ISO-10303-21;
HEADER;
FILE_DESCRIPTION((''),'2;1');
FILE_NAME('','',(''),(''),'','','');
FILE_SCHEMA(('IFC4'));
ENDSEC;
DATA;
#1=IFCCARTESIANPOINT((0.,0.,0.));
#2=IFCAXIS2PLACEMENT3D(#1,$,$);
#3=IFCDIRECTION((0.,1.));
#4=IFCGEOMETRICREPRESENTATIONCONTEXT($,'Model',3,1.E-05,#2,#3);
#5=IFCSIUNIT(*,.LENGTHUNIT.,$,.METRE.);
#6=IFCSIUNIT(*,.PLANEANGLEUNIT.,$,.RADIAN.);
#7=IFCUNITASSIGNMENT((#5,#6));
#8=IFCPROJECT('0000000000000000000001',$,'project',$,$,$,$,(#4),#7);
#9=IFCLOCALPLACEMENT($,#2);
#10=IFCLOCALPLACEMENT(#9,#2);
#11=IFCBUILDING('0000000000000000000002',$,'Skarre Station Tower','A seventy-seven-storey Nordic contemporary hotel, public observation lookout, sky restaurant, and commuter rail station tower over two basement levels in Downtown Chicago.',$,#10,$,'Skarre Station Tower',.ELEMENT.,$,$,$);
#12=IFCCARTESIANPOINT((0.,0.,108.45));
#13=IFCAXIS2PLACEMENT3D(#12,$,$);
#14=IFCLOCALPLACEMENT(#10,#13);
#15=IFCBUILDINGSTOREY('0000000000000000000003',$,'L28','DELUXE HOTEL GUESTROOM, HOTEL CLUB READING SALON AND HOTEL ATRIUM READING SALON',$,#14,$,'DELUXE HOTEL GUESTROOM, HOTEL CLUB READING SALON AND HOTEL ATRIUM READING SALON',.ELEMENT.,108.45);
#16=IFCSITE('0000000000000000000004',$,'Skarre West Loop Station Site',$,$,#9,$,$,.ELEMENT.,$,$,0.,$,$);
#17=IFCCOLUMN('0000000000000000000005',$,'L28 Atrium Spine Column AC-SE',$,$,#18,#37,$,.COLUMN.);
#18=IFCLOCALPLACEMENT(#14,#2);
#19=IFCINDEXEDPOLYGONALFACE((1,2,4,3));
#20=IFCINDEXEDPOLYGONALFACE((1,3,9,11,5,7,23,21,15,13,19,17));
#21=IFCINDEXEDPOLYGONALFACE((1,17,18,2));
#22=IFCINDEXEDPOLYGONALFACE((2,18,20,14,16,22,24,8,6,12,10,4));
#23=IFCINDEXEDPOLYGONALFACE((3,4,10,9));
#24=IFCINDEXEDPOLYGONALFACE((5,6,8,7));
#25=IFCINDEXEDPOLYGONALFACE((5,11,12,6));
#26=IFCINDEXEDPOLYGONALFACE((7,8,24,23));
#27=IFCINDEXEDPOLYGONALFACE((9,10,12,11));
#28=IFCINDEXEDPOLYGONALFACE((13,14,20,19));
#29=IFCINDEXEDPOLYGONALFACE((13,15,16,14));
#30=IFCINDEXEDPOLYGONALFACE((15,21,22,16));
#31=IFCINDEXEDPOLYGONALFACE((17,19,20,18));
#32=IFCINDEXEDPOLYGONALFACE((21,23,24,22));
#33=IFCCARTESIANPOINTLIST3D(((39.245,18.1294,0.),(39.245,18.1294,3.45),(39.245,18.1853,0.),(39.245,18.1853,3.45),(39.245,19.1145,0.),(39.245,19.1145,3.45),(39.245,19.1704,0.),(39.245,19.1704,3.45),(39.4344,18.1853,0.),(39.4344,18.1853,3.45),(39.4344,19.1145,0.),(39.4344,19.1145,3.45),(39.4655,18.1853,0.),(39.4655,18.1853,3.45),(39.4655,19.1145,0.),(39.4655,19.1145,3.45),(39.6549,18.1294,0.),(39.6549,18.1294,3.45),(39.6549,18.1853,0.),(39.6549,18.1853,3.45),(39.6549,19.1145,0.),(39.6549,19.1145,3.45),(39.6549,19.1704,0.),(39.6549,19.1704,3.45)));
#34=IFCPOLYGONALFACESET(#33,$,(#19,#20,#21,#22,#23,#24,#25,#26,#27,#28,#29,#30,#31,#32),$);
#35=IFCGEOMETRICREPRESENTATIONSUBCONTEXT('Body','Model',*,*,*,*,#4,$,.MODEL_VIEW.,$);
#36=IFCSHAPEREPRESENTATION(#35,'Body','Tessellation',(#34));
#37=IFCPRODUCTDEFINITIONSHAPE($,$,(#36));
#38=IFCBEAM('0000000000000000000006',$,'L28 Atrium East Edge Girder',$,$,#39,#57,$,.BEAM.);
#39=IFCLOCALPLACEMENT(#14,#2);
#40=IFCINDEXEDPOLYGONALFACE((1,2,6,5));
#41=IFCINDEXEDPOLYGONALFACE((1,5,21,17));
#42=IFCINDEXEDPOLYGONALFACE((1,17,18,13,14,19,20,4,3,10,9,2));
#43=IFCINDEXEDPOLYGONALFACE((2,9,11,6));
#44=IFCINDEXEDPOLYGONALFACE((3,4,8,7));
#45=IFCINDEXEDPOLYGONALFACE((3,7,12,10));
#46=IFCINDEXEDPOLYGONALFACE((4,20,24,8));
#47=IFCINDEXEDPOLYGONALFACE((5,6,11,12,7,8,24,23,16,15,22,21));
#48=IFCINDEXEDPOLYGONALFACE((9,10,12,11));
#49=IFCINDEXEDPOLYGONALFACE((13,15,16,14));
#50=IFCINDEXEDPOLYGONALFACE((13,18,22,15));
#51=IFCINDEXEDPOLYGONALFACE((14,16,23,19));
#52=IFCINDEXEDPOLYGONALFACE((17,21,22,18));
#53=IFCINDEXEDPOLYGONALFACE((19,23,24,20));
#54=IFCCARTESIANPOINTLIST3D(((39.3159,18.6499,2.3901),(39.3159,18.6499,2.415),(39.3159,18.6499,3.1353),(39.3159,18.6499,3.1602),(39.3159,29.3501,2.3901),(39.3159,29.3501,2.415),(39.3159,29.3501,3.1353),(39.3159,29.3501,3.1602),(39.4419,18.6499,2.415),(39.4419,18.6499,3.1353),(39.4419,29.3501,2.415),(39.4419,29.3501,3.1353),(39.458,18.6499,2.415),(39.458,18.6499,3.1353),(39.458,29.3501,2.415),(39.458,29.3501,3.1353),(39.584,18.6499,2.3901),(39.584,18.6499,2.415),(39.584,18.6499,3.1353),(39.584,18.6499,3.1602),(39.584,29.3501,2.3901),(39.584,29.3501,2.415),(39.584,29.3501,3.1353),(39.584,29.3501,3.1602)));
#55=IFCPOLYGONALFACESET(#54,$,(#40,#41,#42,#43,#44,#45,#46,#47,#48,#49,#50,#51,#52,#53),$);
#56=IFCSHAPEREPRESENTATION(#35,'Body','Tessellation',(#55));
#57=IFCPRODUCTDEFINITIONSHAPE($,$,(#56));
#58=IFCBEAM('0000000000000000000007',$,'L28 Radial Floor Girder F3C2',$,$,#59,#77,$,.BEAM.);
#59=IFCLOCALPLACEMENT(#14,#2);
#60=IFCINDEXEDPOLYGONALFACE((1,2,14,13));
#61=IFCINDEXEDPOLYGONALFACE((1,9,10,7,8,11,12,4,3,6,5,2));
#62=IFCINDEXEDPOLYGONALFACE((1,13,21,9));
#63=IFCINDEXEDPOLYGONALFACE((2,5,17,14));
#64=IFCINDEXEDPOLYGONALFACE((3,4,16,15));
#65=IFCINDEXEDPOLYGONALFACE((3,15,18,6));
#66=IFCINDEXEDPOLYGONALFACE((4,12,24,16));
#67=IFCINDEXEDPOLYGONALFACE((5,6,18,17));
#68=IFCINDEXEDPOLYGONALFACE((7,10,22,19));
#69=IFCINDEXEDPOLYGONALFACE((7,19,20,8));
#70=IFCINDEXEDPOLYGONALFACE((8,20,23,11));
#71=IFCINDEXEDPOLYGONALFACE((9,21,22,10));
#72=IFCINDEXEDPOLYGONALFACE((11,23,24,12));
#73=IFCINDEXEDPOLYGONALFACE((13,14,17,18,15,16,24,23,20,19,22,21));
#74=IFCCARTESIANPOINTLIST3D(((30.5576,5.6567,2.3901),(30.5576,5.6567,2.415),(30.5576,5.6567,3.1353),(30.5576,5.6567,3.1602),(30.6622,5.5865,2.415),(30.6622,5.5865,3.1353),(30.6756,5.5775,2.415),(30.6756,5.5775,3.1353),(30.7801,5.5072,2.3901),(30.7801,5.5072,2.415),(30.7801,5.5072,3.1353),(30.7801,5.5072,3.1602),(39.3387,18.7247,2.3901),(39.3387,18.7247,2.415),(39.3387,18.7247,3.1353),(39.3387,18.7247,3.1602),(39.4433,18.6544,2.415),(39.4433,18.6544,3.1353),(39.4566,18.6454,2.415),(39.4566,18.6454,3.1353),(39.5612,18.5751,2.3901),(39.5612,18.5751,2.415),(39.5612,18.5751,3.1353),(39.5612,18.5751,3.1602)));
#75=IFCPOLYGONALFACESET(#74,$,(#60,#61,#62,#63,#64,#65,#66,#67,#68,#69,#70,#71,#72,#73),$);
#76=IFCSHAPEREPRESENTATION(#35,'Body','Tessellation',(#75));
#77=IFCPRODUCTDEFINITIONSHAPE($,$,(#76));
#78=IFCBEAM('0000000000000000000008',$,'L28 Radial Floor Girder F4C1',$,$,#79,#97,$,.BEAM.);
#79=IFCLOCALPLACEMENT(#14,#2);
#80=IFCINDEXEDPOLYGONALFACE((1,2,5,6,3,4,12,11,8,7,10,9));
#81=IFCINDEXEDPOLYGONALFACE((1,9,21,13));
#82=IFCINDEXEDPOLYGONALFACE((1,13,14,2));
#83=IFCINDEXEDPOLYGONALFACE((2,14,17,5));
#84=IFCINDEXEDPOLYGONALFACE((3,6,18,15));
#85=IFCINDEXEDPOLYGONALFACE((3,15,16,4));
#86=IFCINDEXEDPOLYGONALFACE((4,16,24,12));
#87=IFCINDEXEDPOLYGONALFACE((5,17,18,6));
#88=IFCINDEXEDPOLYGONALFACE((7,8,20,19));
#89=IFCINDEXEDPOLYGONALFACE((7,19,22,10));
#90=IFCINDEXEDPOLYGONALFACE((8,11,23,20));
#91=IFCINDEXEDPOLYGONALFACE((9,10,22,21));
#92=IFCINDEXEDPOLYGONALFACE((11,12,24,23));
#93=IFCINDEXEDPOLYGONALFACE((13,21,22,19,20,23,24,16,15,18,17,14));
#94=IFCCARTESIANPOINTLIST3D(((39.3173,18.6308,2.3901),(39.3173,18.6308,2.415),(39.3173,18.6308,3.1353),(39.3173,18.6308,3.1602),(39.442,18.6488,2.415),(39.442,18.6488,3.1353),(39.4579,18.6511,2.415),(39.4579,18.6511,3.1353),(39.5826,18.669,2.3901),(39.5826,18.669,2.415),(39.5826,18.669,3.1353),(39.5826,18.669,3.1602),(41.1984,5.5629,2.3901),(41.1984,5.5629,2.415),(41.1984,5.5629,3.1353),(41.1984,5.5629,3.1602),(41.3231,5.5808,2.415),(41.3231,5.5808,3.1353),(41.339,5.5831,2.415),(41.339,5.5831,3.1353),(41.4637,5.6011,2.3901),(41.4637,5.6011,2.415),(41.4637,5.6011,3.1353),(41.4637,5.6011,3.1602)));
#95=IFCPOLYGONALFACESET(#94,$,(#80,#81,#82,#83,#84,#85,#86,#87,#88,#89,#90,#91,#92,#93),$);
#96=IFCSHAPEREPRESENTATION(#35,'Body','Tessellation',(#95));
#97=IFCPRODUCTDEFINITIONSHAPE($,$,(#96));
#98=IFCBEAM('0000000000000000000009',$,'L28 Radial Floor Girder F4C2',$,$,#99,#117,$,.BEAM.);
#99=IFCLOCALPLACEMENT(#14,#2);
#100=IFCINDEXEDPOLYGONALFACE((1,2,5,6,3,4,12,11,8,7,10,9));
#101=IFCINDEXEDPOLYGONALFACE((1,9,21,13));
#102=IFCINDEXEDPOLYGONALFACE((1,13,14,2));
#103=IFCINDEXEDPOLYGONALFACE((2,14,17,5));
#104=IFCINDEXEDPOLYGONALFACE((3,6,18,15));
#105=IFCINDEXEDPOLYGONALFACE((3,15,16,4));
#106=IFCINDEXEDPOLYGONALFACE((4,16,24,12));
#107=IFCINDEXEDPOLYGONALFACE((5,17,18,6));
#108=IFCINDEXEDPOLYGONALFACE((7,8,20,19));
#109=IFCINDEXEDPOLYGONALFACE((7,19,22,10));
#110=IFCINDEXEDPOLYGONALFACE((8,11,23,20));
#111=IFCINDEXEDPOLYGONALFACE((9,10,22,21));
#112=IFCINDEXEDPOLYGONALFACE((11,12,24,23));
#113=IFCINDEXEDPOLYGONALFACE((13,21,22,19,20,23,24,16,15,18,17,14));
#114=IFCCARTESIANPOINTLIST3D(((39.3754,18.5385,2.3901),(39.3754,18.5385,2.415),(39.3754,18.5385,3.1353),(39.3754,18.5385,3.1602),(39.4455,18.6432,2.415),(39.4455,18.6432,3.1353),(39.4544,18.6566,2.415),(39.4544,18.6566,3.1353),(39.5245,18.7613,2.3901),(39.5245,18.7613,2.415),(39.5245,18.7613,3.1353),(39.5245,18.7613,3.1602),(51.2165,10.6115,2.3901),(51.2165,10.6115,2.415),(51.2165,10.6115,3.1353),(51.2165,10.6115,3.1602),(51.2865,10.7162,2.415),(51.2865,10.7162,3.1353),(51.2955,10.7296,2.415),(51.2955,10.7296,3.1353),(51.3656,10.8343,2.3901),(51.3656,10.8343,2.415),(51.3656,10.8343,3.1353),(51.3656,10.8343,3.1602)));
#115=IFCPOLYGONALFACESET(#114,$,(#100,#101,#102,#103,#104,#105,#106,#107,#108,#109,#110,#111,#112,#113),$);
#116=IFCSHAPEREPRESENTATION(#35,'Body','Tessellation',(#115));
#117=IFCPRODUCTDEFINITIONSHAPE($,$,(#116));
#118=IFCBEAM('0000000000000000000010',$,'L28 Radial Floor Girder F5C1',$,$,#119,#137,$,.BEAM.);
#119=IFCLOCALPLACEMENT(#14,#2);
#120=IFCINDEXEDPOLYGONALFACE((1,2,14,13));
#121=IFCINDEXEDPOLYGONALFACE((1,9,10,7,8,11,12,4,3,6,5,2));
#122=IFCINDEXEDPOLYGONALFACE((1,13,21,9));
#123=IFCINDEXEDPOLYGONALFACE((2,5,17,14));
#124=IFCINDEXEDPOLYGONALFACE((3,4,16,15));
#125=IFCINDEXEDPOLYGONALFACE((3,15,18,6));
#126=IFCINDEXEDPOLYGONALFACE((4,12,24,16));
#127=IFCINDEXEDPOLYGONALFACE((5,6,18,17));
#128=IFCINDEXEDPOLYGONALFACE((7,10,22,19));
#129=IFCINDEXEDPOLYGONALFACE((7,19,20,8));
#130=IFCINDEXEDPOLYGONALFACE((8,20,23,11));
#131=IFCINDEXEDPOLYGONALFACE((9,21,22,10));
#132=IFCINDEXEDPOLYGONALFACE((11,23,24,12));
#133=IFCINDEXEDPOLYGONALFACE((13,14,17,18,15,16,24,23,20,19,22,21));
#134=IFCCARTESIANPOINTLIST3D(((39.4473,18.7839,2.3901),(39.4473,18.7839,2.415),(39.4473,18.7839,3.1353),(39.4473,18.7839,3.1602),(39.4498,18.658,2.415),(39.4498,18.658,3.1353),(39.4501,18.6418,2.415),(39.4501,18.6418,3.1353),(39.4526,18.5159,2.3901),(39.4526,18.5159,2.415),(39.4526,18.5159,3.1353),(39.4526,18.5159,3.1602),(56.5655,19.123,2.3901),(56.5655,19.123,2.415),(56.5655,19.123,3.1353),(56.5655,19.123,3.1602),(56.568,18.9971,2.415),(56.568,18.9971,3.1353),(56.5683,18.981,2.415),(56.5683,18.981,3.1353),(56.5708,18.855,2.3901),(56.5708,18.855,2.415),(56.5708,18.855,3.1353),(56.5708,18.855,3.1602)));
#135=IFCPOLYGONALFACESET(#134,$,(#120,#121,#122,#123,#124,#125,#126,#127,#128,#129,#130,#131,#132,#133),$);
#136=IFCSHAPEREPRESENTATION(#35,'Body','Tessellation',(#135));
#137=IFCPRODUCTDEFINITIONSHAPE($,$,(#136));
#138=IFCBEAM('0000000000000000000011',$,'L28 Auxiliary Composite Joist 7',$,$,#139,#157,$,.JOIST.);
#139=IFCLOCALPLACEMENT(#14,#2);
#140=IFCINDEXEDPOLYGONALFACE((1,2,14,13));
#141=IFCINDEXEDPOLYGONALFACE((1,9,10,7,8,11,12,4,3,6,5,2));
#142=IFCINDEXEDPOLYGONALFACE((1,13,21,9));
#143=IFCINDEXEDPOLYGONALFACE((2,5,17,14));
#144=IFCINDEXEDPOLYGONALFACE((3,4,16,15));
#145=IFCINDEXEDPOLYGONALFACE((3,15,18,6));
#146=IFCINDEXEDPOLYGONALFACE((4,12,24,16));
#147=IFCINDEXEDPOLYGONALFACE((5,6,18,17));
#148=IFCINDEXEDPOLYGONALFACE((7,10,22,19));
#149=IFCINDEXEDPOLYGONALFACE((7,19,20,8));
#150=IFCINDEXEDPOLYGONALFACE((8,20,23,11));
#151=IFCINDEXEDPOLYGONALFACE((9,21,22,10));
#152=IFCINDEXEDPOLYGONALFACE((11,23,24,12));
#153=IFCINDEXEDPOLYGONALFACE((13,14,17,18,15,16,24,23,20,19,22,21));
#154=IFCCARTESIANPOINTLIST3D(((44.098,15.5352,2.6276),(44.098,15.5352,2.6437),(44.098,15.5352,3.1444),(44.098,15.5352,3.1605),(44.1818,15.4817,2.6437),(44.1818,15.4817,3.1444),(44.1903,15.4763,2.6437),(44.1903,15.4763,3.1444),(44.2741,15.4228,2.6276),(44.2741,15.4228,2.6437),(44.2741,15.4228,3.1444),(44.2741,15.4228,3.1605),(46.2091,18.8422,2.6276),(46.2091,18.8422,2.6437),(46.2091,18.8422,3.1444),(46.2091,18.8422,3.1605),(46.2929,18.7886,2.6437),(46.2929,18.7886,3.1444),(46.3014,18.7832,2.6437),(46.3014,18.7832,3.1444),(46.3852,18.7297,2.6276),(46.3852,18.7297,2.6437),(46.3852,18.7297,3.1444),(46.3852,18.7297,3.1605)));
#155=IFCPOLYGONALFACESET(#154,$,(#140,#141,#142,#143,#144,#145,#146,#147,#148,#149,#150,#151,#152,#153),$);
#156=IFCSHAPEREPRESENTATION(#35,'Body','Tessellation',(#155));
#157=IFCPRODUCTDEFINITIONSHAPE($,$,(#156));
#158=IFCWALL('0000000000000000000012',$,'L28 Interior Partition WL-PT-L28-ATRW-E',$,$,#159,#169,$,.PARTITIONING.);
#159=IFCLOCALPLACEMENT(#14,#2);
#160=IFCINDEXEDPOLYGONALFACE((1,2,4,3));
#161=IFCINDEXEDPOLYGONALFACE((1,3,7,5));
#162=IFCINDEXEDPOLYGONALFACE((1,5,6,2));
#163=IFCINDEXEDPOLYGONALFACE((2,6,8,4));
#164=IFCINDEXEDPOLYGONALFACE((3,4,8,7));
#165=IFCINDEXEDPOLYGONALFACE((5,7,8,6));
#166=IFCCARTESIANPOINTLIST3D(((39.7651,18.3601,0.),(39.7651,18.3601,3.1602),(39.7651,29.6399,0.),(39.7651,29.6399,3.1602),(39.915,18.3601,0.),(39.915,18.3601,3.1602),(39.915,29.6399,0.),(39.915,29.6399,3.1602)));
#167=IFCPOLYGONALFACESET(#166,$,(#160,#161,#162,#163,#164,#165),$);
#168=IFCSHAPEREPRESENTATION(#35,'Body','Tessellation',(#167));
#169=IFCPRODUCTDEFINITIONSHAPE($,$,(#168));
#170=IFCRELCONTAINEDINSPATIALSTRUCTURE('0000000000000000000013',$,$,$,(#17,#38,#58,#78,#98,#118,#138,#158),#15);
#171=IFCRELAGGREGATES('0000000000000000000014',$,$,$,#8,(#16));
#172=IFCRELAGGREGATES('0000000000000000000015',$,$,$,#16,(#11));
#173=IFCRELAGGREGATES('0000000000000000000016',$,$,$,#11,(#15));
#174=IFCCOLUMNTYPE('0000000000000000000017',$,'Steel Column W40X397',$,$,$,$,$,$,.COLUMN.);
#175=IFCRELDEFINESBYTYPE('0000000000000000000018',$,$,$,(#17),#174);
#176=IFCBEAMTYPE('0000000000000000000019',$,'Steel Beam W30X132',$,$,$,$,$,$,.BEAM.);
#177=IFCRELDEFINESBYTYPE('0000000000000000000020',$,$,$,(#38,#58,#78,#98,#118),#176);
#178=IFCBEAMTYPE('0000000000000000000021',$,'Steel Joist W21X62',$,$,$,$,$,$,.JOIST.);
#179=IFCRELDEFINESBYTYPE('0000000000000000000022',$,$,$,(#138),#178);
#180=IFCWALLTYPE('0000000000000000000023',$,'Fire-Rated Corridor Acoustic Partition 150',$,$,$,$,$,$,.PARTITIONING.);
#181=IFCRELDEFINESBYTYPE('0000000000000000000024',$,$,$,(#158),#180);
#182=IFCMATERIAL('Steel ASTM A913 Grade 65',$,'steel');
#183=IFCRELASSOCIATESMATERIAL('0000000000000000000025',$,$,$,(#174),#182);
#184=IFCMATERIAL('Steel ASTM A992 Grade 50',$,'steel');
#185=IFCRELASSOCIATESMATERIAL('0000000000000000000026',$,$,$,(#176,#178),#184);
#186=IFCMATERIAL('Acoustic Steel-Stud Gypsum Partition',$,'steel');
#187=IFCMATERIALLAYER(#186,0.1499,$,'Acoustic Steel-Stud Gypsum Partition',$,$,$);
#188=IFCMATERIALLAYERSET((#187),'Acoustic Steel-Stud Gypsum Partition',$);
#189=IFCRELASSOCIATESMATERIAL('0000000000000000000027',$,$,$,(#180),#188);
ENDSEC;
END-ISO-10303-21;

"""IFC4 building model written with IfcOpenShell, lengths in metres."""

from ifc_helpers import new_model, si_unit, direction, frame, frame_2d, origin, origin_2d, place, context, subcontext, project, spatial, rectangle, i_section, extrude, material, layer, layer_set, material_profile, profile_set, type_object, element, save


model = new_model("IFC4")

# Units and contexts
model_context = context("Model", 3, precision=1e-05, world=origin(), true_north=direction((0.0, 1.0)))
body_context = subcontext(model_context, "Body", "Model", "MODEL_VIEW")
ifc_project = project(units=[si_unit("LENGTHUNIT", "METRE"), si_unit("PLANEANGLEUNIT", "RADIAN")], contexts=[model_context])

# Site, building, storey
site_placement = place(None, origin())
site = spatial("IfcSite", under=ifc_project, at=site_placement, Name="Skarre West Loop Station Site", CompositionType="ELEMENT", RefElevation=0.0)
building_placement = place(site_placement, origin())
building = spatial("IfcBuilding", under=site, at=building_placement, Name="Skarre Station Tower", Description="A seventy-seven-storey Nordic contemporary hotel, public observation lookout, sky restaurant, and commuter rail station tower over two basement levels in Downtown Chicago.", LongName="Skarre Station Tower", CompositionType="ELEMENT")
storey_placement = place(building_placement, frame((0.0, 0.0, 108.45)))
storey = spatial("IfcBuildingStorey", under=building, at=storey_placement, Name="L28", Description="DELUXE HOTEL GUESTROOM, HOTEL CLUB READING SALON AND HOTEL ATRIUM READING SALON", LongName="DELUXE HOTEL GUESTROOM, HOTEL CLUB READING SALON AND HOTEL ATRIUM READING SALON", CompositionType="ELEMENT", Elevation=108.45)

# Column
ifc_material_1 = material(Name="Steel ASTM A913 Grade 65", Category="steel")
ifc_material_profile_1 = material_profile(ifc_material_1, i_section(OverallWidth=0.4099, OverallDepth=1.041, WebThickness=0.031, FlangeThickness=0.0559, at=origin_2d()), Name="Steel ASTM A913 Grade 65")
ifc_profile_set_1 = profile_set([ifc_material_profile_1], Name="Steel ASTM A913 Grade 65")
column_type = type_object("IfcColumnType", Name="Steel Column W40X397", PredefinedType="COLUMN", material=ifc_profile_set_1)
column_placement = place(storey_placement, frame((39.45, 18.6499, 0.0), z_axis=(0.0, 0.0, 1.0), x_axis=(1.0, 0.0, 0.0)))
element("IfcColumn", 1, at=column_placement, inside=storey, type_object=column_type, Name="L28 Atrium Spine Column AC-SE", PredefinedType="COLUMN", context=body_context, shape_type="SweptSolid", body=[
    extrude(i_section(OverallWidth=0.4099, OverallDepth=1.041, WebThickness=0.031, FlangeThickness=0.0559, at=origin_2d()), origin(), (0.0, 0.0, 1.0), 3.45),
])

# Beams
ifc_material_2 = material(Name="Steel ASTM A992 Grade 50", Category="steel")
ifc_material_profile_2 = material_profile(ifc_material_2, i_section(OverallWidth=0.2681, OverallDepth=0.77, WebThickness=0.0161, FlangeThickness=0.0249, at=origin_2d()), Name="Steel ASTM A992 Grade 50")
ifc_profile_set_2 = profile_set([ifc_material_profile_2], Name="Steel ASTM A992 Grade 50")
beam_type_1 = type_object("IfcBeamType", Name="Steel Beam W30X132", PredefinedType="BEAM", material=ifc_profile_set_2)
beam_1_placement = place(storey_placement, frame((39.45, 18.6499, 2.7751), z_axis=(0.0, 1.0, 0.0), x_axis=(-1.0, 0.0, 0.0)))
element("IfcBeam", 2, at=beam_1_placement, inside=storey, type_object=beam_type_1, Name="L28 Atrium East Edge Girder", PredefinedType="BEAM", context=body_context, shape_type="SweptSolid", body=[
    extrude(i_section(OverallWidth=0.2681, OverallDepth=0.77, WebThickness=0.0161, FlangeThickness=0.0249, at=origin_2d()), origin(), (0.0, 0.0, 1.0), 10.7002),
])
beam_2_placement = place(storey_placement, frame((39.45, 18.6499, 2.7751), z_axis=(-0.557735, -0.830019, 0.0), x_axis=(0.830019, -0.557735, 0.0)))
element("IfcBeam", 3, at=beam_2_placement, inside=storey, type_object=beam_type_1, Name="L28 Radial Floor Girder F3C2", PredefinedType="BEAM", context=body_context, shape_type="SweptSolid", body=[
    extrude(i_section(OverallWidth=0.2681, OverallDepth=0.77, WebThickness=0.0161, FlangeThickness=0.0249, at=origin_2d()), origin(), (0.0, 0.0, 1.0), 15.7441),
])
beam_3_placement = place(storey_placement, frame((39.45, 18.6499, 2.7751), z_axis=(0.14248, -0.989798, 0.0), x_axis=(0.989798, 0.14248, 0.0)))
element("IfcBeam", 4, at=beam_3_placement, inside=storey, type_object=beam_type_1, Name="L28 Radial Floor Girder F4C1", PredefinedType="BEAM", context=body_context, shape_type="SweptSolid", body=[
    extrude(i_section(OverallWidth=0.2681, OverallDepth=0.77, WebThickness=0.0161, FlangeThickness=0.0249, at=origin_2d()), origin(), (0.0, 0.0, 1.0), 13.2026),
])
beam_4_placement = place(storey_placement, frame((39.45, 18.6499, 2.7751), z_axis=(0.830981, -0.5563, 0.0), x_axis=(0.5563, 0.830981, 0.0)))
element("IfcBeam", 5, at=beam_4_placement, inside=storey, type_object=beam_type_1, Name="L28 Radial Floor Girder F4C2", PredefinedType="BEAM", context=body_context, shape_type="SweptSolid", body=[
    extrude(i_section(OverallWidth=0.2681, OverallDepth=0.77, WebThickness=0.0161, FlangeThickness=0.0249, at=origin_2d()), origin(), (0.0, 0.0, 1.0), 14.2495),
])
beam_5_placement = place(storey_placement, frame((39.45, 18.6499, 2.7751), z_axis=(0.999804, 0.019806, 0.0), x_axis=(-0.019806, 0.999804, 0.0)))
element("IfcBeam", 6, at=beam_5_placement, inside=storey, type_object=beam_type_1, Name="L28 Radial Floor Girder F5C1", PredefinedType="BEAM", context=body_context, shape_type="SweptSolid", body=[
    extrude(i_section(OverallWidth=0.2681, OverallDepth=0.77, WebThickness=0.0161, FlangeThickness=0.0249, at=origin_2d()), origin(), (0.0, 0.0, 1.0), 17.1216),
])
ifc_material_profile_3 = material_profile(ifc_material_2, i_section(OverallWidth=0.209, OverallDepth=0.533, WebThickness=0.01, FlangeThickness=0.0161, at=origin_2d()), Name="Steel ASTM A992 Grade 50")
ifc_profile_set_3 = profile_set([ifc_material_profile_3], Name="Steel ASTM A992 Grade 50")
beam_type_2 = type_object("IfcBeamType", Name="Steel Joist W21X62", PredefinedType="JOIST", material=ifc_profile_set_3)
beam_6_placement = place(storey_placement, frame((44.186, 15.479, 2.894), z_axis=(0.538091, 0.842887, 0.0), x_axis=(-0.842887, 0.538091, 0.0)))
element("IfcBeam", 7, at=beam_6_placement, inside=storey, type_object=beam_type_2, Name="L28 Auxiliary Composite Joist 7", PredefinedType="JOIST", context=body_context, shape_type="SweptSolid", body=[
    extrude(i_section(OverallWidth=0.209, OverallDepth=0.533, WebThickness=0.01, FlangeThickness=0.0161, at=origin_2d()), origin(), (0.0, 0.0, 1.0), 3.9233),
])

# Wall
ifc_material_3 = material(Name="Acoustic Steel-Stud Gypsum Partition", Category="steel")
ifc_layer_1 = layer(ifc_material_3, 0.1499, Name="Acoustic Steel-Stud Gypsum Partition")
ifc_layer_set_1 = layer_set([ifc_layer_1], Name="Acoustic Steel-Stud Gypsum Partition")
wall_type_1 = type_object("IfcWallType", Name="Fire-Rated Corridor Acoustic Partition 150", PredefinedType="PARTITIONING", material=ifc_layer_set_1)
wall_1_placement = place(storey_placement, frame((39.8401, 18.3601, 0.0), z_axis=(0.0, 0.0, 1.0), x_axis=(0.0, 1.0, 0.0)))
element("IfcWall", 8, at=wall_1_placement, inside=storey, type_object=wall_type_1, Name="L28 Interior Partition WL-PT-L28-ATRW-E", PredefinedType="PARTITIONING", context=body_context, shape_type="SweptSolid", body=[
    extrude(rectangle(XDim=11.2798, YDim=0.1499, at=frame_2d((5.6399, 0.0))), origin(), (0.0, 0.0, 1.0), 3.1602),
])

save(model, "model.ifc")
